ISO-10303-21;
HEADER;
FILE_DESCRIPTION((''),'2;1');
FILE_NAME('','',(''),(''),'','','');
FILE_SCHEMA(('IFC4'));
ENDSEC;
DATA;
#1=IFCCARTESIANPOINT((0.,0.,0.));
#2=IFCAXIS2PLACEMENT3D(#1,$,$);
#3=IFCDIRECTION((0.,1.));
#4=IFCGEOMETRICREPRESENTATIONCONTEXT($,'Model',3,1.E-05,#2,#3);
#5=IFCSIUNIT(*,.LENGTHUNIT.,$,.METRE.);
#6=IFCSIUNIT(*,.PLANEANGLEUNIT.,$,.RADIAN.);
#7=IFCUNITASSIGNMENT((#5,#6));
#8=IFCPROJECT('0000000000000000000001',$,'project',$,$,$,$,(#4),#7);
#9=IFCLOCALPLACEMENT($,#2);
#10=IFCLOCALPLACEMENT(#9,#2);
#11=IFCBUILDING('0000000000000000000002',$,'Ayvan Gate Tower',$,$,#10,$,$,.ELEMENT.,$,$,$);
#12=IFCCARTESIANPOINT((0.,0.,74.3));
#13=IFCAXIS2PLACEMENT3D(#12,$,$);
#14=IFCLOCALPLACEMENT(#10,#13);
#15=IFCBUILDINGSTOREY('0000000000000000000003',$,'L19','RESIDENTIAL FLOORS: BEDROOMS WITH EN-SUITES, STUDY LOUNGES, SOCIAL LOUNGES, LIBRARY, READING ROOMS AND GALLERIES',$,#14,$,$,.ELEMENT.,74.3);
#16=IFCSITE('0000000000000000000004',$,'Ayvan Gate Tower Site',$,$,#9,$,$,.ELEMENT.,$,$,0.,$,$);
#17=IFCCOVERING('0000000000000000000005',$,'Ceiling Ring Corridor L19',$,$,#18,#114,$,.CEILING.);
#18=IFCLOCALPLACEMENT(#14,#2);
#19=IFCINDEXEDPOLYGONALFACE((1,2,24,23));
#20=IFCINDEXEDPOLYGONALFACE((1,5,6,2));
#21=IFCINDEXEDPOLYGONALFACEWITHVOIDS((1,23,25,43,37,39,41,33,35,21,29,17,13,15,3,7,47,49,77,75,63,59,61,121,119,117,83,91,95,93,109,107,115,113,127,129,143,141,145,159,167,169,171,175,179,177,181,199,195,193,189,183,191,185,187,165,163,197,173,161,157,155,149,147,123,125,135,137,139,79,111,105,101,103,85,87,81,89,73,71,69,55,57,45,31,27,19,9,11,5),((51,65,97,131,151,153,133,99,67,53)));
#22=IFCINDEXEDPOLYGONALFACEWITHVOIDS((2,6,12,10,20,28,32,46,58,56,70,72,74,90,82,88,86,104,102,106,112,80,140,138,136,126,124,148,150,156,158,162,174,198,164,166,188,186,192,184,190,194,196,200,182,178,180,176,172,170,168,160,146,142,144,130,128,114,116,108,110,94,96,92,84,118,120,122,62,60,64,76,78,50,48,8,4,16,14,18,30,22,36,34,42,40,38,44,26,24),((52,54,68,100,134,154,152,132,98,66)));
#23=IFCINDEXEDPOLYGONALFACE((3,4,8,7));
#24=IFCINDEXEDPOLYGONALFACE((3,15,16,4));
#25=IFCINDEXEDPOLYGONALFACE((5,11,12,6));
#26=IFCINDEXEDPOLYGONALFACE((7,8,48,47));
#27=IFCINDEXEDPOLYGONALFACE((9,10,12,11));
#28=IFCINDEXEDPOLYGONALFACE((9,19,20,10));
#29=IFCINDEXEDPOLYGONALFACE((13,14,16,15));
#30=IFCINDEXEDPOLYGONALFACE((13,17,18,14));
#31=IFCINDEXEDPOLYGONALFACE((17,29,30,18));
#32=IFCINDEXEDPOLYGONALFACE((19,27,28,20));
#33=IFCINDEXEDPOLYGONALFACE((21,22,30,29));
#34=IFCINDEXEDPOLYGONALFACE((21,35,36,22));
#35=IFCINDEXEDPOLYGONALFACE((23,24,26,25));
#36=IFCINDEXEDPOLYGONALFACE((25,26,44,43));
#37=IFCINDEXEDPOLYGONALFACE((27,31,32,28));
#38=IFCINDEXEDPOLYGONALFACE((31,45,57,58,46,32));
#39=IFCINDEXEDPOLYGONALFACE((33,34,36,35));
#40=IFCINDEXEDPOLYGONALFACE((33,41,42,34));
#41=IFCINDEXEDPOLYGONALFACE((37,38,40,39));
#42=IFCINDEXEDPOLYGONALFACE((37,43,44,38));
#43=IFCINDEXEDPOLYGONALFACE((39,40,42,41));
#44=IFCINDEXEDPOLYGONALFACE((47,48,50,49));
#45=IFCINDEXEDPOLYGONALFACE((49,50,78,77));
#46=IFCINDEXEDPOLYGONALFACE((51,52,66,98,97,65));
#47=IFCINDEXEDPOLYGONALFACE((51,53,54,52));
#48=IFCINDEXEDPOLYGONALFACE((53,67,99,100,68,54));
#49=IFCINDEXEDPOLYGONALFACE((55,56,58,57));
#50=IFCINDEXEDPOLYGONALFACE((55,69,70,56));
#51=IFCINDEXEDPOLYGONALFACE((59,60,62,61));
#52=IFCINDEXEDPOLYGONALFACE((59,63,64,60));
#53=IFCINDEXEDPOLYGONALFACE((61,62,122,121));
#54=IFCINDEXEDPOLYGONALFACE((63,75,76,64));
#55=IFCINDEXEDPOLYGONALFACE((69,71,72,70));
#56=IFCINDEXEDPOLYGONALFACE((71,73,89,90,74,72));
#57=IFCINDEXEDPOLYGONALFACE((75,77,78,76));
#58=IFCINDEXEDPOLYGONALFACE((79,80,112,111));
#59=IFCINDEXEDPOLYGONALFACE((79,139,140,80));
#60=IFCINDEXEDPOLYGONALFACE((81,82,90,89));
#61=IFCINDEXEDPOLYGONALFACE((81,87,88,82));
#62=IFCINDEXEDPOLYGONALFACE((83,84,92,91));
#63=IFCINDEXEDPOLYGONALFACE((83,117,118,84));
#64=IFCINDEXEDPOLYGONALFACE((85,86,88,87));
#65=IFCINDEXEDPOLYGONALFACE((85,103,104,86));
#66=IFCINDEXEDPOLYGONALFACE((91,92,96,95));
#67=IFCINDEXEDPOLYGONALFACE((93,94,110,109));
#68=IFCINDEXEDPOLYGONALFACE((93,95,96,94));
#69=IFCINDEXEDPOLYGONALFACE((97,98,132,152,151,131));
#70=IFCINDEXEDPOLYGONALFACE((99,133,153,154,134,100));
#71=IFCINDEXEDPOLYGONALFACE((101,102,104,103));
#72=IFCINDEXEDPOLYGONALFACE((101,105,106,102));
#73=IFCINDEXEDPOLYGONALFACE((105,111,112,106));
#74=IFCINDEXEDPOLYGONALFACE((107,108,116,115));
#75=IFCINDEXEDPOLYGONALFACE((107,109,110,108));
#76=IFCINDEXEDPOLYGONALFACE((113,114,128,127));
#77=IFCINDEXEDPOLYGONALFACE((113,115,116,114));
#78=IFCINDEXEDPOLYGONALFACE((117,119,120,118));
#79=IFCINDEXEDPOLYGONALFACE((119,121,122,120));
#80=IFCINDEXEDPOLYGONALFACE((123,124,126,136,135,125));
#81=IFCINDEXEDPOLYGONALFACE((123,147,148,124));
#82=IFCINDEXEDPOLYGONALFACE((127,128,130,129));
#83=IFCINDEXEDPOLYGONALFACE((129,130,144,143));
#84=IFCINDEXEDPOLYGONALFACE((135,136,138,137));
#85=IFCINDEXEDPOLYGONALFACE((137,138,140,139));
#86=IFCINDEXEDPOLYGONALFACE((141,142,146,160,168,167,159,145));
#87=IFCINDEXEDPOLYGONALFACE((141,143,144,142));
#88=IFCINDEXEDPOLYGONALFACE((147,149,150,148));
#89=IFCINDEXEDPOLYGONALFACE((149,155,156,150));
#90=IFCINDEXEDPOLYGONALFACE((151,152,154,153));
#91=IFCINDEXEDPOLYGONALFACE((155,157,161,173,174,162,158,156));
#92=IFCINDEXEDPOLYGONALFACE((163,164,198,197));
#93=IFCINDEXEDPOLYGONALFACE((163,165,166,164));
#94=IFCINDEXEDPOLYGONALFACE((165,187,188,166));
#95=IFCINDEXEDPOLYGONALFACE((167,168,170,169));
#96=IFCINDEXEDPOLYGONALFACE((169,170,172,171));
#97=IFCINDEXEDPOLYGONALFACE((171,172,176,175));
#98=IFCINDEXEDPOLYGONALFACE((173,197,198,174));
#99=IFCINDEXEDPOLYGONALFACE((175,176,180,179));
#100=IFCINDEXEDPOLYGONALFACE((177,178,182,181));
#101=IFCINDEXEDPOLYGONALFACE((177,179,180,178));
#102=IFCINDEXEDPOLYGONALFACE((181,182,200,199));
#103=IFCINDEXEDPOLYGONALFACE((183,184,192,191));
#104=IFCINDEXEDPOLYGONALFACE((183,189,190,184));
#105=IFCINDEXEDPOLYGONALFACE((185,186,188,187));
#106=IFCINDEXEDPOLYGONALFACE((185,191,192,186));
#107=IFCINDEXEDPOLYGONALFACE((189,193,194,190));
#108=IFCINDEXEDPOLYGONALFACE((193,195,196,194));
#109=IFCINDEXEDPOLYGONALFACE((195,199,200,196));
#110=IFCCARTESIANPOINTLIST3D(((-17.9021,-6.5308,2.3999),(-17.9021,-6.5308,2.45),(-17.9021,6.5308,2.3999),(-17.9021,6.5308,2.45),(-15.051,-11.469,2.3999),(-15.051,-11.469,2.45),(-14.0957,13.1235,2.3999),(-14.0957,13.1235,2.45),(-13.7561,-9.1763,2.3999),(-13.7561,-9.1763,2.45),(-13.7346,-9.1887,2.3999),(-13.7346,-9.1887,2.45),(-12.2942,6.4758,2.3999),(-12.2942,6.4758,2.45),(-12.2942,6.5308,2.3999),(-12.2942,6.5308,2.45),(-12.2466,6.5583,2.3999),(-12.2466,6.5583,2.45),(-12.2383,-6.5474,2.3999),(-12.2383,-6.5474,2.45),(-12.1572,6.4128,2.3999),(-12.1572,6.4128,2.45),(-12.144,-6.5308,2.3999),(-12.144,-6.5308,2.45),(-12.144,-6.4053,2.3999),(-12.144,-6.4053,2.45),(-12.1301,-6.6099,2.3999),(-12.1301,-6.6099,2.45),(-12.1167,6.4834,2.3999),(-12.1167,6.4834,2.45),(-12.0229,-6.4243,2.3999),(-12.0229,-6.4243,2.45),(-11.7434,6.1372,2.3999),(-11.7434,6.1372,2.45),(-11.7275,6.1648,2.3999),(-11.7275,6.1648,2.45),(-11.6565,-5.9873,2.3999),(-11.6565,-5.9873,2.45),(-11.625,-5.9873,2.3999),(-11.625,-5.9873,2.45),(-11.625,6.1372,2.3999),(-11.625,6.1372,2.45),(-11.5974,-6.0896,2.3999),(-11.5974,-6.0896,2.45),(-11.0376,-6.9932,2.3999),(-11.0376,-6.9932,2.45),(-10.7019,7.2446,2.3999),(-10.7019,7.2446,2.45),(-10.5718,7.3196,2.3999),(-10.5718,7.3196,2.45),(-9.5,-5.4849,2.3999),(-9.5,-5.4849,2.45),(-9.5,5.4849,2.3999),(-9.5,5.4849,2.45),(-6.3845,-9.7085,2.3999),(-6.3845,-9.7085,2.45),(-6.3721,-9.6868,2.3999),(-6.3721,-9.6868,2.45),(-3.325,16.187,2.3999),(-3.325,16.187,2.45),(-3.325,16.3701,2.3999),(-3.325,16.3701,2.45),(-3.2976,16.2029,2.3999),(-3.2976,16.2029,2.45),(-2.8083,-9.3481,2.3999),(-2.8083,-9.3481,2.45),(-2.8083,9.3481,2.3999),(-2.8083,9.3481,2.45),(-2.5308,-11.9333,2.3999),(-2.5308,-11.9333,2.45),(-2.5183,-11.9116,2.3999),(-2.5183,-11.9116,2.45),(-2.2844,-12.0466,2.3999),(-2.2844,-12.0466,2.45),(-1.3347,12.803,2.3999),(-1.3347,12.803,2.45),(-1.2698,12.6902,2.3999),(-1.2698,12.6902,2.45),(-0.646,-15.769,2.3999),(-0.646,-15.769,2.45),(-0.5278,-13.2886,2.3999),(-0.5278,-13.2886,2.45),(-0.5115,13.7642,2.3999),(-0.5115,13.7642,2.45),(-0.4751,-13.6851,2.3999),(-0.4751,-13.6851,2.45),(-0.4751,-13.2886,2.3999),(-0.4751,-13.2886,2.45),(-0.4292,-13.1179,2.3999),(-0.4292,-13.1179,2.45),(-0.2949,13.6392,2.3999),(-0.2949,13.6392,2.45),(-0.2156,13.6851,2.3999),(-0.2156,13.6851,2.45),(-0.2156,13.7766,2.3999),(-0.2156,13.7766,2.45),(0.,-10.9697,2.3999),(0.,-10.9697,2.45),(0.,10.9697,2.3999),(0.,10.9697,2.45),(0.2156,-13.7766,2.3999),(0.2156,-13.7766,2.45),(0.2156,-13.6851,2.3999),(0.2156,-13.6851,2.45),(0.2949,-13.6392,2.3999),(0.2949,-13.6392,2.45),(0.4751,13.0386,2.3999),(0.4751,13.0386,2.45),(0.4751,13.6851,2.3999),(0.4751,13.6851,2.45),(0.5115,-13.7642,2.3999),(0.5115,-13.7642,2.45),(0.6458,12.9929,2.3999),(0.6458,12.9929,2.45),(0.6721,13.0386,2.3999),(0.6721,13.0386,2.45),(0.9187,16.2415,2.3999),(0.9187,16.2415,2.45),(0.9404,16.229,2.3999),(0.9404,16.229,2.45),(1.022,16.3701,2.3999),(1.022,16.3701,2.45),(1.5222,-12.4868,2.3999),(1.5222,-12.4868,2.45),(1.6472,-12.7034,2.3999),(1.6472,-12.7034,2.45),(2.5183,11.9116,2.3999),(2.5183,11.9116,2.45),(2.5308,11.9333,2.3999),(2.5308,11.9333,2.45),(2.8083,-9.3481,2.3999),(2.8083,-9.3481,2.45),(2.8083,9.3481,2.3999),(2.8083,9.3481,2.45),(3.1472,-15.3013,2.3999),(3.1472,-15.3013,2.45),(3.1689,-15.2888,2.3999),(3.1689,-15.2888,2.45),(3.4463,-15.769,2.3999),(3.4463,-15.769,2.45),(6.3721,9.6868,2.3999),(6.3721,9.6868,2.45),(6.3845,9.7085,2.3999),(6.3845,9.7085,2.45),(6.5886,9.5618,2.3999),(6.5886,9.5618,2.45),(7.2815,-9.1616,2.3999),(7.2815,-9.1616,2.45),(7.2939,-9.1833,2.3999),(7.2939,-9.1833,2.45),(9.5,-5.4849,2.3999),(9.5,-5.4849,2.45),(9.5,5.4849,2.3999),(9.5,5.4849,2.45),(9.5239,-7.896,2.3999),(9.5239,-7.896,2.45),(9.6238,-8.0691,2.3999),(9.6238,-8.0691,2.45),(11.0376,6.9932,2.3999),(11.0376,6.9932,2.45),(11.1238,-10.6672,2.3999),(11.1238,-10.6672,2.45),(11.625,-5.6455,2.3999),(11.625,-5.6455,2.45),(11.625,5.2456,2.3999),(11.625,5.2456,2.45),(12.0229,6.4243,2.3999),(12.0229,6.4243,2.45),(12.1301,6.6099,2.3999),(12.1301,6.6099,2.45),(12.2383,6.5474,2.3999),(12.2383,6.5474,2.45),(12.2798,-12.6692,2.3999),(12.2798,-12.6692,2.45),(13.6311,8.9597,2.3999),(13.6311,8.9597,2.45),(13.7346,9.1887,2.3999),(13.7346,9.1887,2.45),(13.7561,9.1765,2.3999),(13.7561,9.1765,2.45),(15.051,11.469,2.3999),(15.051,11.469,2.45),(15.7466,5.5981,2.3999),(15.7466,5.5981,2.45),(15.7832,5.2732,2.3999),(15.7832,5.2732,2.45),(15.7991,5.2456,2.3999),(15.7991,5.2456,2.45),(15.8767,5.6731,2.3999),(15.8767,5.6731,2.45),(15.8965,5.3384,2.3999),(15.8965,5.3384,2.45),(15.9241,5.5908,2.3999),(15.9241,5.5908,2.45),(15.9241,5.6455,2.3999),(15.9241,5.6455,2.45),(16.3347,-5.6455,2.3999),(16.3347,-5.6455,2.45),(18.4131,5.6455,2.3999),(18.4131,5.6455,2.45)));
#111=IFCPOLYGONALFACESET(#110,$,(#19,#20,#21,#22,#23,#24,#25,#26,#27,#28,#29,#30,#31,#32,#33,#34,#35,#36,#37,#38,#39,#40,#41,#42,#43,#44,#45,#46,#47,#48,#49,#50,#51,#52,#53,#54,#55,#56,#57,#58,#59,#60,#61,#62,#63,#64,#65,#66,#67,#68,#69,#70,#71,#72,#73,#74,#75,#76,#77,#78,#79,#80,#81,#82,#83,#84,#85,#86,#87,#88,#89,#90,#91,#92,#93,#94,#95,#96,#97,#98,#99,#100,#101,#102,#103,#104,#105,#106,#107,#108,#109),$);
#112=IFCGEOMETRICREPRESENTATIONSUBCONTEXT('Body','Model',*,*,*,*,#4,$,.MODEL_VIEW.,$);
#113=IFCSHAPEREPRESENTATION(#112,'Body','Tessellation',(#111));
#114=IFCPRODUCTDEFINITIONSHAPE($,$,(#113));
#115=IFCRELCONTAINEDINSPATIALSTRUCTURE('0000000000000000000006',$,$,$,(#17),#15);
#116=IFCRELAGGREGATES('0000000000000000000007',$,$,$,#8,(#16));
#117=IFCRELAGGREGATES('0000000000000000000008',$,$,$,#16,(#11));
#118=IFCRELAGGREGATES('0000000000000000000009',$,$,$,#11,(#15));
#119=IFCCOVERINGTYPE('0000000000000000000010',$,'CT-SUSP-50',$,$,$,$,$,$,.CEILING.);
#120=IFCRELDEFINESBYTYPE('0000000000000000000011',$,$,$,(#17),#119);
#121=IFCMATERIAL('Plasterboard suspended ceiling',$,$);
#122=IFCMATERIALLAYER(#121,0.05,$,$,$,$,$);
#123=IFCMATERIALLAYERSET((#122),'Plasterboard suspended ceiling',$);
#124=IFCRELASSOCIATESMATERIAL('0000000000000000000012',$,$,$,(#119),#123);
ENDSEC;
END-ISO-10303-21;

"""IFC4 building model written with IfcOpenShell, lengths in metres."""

from ifc_helpers import new_model, si_unit, direction, frame, origin, place, context, subcontext, project, spatial, polyline, outline, extrude, material, layer, layer_set, type_object, element, save


model = new_model("IFC4")

# Units and contexts
model_context = context("Model", 3, precision=1e-05, world=origin(), true_north=direction((0.0, 1.0)))
body_context = subcontext(model_context, "Body", "Model", "MODEL_VIEW")
ifc_project = project(units=[si_unit("LENGTHUNIT", "METRE"), si_unit("PLANEANGLEUNIT", "RADIAN")], contexts=[model_context])

# Site, building, storey
site_placement = place(None, origin())
site = spatial("IfcSite", under=ifc_project, at=site_placement, Name="Ayvan Gate Tower Site", CompositionType="ELEMENT", RefElevation=0.0)
building_placement = place(site_placement, origin())
building = spatial("IfcBuilding", under=site, at=building_placement, Name="Ayvan Gate Tower", CompositionType="ELEMENT")
storey_placement = place(building_placement, frame((0.0, 0.0, 74.3)))
storey = spatial("IfcBuildingStorey", under=building, at=storey_placement, Name="L19", Description="RESIDENTIAL FLOORS: BEDROOMS WITH EN-SUITES, STUDY LOUNGES, SOCIAL LOUNGES, LIBRARY, READING ROOMS AND GALLERIES", CompositionType="ELEMENT", Elevation=74.3)

# Covering
ifc_material_1 = material(Name="Plasterboard suspended ceiling")
ifc_layer_1 = layer(ifc_material_1, 0.05)
ifc_layer_set_1 = layer_set([ifc_layer_1], Name="Plasterboard suspended ceiling")
covering_type = type_object("IfcCoveringType", Name="CT-SUSP-50", PredefinedType="CEILING", material=ifc_layer_set_1)
covering_1_placement = place(storey_placement, frame((0.0, 0.0, 2.3999)))
element("IfcCovering", 1, at=covering_1_placement, inside=storey, type_object=covering_type, Name="Ceiling Ring Corridor L19", PredefinedType="CEILING", context=body_context, shape_type="SweptSolid", body=[
    extrude(outline(polyline([(-15.051, -11.469), (-17.9021, -6.5308), (-12.144, -6.5308), (-12.144, -6.4053), (-11.5974, -6.0896), (-11.6565, -5.9873), (-11.625, -5.9873), (-11.625, 6.1372), (-11.7434, 6.1372), (-11.7275, 6.1648), (-12.1572, 6.4128), (-12.1167, 6.4834), (-12.2466, 6.5583), (-12.2942, 6.4758), (-12.2942, 6.5308), (-17.9021, 6.5308), (-14.0957, 13.1235), (-10.7019, 7.2446), (-10.5718, 7.3196), (-1.2698, 12.6902), (-1.3347, 12.803), (-3.2976, 16.2029), (-3.325, 16.187), (-3.325, 16.3701), (1.022, 16.3701), (0.9404, 16.229), (0.9187, 16.2415), (-0.5115, 13.7642), (-0.2949, 13.6392), (-0.2156, 13.7766), (-0.2156, 13.6851), (0.4751, 13.6851), (0.4751, 13.0386), (0.6721, 13.0386), (0.6458, 12.9929), (2.5183, 11.9116), (2.5308, 11.9333), (6.3845, 9.7085), (6.3721, 9.6868), (6.5886, 9.5618), (11.0376, 6.9932), (12.0229, 6.4243), (12.1301, 6.6099), (12.2383, 6.5474), (13.6311, 8.9597), (13.7561, 9.1765), (13.7346, 9.1887), (15.051, 11.469), (18.4131, 5.6455), (15.9241, 5.6455), (15.9241, 5.5908), (15.8767, 5.6731), (15.7466, 5.5981), (15.8965, 5.3384), (15.7832, 5.2732), (15.7991, 5.2456), (11.625, 5.2456), (11.625, -5.6455), (16.3347, -5.6455), (12.2798, -12.6692), (11.1238, -10.6672), (9.6238, -8.0691), (9.5239, -7.896), (7.2939, -9.1833), (7.2815, -9.1616), (1.5222, -12.4868), (1.6472, -12.7034), (3.1472, -15.3013), (3.1689, -15.2888), (3.4463, -15.769), (-0.646, -15.769), (0.5115, -13.7642), (0.2949, -13.6392), (0.2156, -13.7766), (0.2156, -13.6851), (-0.4751, -13.6851), (-0.4751, -13.2886), (-0.5278, -13.2886), (-0.4292, -13.1179), (-2.2844, -12.0466), (-2.5183, -11.9116), (-2.5308, -11.9333), (-6.3845, -9.7085), (-6.3721, -9.6868), (-11.0376, -6.9932), (-12.0229, -6.4243), (-12.1301, -6.6099), (-12.2383, -6.5474), (-13.7561, -9.1763), (-13.7346, -9.1887), (-15.051, -11.469)]), holes=[polyline([(9.5, 5.4849), (2.8083, 9.3481), (0.0, 10.9697), (-2.8083, 9.3481), (-9.5, 5.4849), (-9.5, -5.4849), (-2.8083, -9.3481), (0.0, -10.9697), (2.8083, -9.3481), (9.5, -5.4849), (9.5, 5.4849)])]), origin(), (0.0, 0.0, 1.0), 0.05),
])

save(model, "model.ifc")
